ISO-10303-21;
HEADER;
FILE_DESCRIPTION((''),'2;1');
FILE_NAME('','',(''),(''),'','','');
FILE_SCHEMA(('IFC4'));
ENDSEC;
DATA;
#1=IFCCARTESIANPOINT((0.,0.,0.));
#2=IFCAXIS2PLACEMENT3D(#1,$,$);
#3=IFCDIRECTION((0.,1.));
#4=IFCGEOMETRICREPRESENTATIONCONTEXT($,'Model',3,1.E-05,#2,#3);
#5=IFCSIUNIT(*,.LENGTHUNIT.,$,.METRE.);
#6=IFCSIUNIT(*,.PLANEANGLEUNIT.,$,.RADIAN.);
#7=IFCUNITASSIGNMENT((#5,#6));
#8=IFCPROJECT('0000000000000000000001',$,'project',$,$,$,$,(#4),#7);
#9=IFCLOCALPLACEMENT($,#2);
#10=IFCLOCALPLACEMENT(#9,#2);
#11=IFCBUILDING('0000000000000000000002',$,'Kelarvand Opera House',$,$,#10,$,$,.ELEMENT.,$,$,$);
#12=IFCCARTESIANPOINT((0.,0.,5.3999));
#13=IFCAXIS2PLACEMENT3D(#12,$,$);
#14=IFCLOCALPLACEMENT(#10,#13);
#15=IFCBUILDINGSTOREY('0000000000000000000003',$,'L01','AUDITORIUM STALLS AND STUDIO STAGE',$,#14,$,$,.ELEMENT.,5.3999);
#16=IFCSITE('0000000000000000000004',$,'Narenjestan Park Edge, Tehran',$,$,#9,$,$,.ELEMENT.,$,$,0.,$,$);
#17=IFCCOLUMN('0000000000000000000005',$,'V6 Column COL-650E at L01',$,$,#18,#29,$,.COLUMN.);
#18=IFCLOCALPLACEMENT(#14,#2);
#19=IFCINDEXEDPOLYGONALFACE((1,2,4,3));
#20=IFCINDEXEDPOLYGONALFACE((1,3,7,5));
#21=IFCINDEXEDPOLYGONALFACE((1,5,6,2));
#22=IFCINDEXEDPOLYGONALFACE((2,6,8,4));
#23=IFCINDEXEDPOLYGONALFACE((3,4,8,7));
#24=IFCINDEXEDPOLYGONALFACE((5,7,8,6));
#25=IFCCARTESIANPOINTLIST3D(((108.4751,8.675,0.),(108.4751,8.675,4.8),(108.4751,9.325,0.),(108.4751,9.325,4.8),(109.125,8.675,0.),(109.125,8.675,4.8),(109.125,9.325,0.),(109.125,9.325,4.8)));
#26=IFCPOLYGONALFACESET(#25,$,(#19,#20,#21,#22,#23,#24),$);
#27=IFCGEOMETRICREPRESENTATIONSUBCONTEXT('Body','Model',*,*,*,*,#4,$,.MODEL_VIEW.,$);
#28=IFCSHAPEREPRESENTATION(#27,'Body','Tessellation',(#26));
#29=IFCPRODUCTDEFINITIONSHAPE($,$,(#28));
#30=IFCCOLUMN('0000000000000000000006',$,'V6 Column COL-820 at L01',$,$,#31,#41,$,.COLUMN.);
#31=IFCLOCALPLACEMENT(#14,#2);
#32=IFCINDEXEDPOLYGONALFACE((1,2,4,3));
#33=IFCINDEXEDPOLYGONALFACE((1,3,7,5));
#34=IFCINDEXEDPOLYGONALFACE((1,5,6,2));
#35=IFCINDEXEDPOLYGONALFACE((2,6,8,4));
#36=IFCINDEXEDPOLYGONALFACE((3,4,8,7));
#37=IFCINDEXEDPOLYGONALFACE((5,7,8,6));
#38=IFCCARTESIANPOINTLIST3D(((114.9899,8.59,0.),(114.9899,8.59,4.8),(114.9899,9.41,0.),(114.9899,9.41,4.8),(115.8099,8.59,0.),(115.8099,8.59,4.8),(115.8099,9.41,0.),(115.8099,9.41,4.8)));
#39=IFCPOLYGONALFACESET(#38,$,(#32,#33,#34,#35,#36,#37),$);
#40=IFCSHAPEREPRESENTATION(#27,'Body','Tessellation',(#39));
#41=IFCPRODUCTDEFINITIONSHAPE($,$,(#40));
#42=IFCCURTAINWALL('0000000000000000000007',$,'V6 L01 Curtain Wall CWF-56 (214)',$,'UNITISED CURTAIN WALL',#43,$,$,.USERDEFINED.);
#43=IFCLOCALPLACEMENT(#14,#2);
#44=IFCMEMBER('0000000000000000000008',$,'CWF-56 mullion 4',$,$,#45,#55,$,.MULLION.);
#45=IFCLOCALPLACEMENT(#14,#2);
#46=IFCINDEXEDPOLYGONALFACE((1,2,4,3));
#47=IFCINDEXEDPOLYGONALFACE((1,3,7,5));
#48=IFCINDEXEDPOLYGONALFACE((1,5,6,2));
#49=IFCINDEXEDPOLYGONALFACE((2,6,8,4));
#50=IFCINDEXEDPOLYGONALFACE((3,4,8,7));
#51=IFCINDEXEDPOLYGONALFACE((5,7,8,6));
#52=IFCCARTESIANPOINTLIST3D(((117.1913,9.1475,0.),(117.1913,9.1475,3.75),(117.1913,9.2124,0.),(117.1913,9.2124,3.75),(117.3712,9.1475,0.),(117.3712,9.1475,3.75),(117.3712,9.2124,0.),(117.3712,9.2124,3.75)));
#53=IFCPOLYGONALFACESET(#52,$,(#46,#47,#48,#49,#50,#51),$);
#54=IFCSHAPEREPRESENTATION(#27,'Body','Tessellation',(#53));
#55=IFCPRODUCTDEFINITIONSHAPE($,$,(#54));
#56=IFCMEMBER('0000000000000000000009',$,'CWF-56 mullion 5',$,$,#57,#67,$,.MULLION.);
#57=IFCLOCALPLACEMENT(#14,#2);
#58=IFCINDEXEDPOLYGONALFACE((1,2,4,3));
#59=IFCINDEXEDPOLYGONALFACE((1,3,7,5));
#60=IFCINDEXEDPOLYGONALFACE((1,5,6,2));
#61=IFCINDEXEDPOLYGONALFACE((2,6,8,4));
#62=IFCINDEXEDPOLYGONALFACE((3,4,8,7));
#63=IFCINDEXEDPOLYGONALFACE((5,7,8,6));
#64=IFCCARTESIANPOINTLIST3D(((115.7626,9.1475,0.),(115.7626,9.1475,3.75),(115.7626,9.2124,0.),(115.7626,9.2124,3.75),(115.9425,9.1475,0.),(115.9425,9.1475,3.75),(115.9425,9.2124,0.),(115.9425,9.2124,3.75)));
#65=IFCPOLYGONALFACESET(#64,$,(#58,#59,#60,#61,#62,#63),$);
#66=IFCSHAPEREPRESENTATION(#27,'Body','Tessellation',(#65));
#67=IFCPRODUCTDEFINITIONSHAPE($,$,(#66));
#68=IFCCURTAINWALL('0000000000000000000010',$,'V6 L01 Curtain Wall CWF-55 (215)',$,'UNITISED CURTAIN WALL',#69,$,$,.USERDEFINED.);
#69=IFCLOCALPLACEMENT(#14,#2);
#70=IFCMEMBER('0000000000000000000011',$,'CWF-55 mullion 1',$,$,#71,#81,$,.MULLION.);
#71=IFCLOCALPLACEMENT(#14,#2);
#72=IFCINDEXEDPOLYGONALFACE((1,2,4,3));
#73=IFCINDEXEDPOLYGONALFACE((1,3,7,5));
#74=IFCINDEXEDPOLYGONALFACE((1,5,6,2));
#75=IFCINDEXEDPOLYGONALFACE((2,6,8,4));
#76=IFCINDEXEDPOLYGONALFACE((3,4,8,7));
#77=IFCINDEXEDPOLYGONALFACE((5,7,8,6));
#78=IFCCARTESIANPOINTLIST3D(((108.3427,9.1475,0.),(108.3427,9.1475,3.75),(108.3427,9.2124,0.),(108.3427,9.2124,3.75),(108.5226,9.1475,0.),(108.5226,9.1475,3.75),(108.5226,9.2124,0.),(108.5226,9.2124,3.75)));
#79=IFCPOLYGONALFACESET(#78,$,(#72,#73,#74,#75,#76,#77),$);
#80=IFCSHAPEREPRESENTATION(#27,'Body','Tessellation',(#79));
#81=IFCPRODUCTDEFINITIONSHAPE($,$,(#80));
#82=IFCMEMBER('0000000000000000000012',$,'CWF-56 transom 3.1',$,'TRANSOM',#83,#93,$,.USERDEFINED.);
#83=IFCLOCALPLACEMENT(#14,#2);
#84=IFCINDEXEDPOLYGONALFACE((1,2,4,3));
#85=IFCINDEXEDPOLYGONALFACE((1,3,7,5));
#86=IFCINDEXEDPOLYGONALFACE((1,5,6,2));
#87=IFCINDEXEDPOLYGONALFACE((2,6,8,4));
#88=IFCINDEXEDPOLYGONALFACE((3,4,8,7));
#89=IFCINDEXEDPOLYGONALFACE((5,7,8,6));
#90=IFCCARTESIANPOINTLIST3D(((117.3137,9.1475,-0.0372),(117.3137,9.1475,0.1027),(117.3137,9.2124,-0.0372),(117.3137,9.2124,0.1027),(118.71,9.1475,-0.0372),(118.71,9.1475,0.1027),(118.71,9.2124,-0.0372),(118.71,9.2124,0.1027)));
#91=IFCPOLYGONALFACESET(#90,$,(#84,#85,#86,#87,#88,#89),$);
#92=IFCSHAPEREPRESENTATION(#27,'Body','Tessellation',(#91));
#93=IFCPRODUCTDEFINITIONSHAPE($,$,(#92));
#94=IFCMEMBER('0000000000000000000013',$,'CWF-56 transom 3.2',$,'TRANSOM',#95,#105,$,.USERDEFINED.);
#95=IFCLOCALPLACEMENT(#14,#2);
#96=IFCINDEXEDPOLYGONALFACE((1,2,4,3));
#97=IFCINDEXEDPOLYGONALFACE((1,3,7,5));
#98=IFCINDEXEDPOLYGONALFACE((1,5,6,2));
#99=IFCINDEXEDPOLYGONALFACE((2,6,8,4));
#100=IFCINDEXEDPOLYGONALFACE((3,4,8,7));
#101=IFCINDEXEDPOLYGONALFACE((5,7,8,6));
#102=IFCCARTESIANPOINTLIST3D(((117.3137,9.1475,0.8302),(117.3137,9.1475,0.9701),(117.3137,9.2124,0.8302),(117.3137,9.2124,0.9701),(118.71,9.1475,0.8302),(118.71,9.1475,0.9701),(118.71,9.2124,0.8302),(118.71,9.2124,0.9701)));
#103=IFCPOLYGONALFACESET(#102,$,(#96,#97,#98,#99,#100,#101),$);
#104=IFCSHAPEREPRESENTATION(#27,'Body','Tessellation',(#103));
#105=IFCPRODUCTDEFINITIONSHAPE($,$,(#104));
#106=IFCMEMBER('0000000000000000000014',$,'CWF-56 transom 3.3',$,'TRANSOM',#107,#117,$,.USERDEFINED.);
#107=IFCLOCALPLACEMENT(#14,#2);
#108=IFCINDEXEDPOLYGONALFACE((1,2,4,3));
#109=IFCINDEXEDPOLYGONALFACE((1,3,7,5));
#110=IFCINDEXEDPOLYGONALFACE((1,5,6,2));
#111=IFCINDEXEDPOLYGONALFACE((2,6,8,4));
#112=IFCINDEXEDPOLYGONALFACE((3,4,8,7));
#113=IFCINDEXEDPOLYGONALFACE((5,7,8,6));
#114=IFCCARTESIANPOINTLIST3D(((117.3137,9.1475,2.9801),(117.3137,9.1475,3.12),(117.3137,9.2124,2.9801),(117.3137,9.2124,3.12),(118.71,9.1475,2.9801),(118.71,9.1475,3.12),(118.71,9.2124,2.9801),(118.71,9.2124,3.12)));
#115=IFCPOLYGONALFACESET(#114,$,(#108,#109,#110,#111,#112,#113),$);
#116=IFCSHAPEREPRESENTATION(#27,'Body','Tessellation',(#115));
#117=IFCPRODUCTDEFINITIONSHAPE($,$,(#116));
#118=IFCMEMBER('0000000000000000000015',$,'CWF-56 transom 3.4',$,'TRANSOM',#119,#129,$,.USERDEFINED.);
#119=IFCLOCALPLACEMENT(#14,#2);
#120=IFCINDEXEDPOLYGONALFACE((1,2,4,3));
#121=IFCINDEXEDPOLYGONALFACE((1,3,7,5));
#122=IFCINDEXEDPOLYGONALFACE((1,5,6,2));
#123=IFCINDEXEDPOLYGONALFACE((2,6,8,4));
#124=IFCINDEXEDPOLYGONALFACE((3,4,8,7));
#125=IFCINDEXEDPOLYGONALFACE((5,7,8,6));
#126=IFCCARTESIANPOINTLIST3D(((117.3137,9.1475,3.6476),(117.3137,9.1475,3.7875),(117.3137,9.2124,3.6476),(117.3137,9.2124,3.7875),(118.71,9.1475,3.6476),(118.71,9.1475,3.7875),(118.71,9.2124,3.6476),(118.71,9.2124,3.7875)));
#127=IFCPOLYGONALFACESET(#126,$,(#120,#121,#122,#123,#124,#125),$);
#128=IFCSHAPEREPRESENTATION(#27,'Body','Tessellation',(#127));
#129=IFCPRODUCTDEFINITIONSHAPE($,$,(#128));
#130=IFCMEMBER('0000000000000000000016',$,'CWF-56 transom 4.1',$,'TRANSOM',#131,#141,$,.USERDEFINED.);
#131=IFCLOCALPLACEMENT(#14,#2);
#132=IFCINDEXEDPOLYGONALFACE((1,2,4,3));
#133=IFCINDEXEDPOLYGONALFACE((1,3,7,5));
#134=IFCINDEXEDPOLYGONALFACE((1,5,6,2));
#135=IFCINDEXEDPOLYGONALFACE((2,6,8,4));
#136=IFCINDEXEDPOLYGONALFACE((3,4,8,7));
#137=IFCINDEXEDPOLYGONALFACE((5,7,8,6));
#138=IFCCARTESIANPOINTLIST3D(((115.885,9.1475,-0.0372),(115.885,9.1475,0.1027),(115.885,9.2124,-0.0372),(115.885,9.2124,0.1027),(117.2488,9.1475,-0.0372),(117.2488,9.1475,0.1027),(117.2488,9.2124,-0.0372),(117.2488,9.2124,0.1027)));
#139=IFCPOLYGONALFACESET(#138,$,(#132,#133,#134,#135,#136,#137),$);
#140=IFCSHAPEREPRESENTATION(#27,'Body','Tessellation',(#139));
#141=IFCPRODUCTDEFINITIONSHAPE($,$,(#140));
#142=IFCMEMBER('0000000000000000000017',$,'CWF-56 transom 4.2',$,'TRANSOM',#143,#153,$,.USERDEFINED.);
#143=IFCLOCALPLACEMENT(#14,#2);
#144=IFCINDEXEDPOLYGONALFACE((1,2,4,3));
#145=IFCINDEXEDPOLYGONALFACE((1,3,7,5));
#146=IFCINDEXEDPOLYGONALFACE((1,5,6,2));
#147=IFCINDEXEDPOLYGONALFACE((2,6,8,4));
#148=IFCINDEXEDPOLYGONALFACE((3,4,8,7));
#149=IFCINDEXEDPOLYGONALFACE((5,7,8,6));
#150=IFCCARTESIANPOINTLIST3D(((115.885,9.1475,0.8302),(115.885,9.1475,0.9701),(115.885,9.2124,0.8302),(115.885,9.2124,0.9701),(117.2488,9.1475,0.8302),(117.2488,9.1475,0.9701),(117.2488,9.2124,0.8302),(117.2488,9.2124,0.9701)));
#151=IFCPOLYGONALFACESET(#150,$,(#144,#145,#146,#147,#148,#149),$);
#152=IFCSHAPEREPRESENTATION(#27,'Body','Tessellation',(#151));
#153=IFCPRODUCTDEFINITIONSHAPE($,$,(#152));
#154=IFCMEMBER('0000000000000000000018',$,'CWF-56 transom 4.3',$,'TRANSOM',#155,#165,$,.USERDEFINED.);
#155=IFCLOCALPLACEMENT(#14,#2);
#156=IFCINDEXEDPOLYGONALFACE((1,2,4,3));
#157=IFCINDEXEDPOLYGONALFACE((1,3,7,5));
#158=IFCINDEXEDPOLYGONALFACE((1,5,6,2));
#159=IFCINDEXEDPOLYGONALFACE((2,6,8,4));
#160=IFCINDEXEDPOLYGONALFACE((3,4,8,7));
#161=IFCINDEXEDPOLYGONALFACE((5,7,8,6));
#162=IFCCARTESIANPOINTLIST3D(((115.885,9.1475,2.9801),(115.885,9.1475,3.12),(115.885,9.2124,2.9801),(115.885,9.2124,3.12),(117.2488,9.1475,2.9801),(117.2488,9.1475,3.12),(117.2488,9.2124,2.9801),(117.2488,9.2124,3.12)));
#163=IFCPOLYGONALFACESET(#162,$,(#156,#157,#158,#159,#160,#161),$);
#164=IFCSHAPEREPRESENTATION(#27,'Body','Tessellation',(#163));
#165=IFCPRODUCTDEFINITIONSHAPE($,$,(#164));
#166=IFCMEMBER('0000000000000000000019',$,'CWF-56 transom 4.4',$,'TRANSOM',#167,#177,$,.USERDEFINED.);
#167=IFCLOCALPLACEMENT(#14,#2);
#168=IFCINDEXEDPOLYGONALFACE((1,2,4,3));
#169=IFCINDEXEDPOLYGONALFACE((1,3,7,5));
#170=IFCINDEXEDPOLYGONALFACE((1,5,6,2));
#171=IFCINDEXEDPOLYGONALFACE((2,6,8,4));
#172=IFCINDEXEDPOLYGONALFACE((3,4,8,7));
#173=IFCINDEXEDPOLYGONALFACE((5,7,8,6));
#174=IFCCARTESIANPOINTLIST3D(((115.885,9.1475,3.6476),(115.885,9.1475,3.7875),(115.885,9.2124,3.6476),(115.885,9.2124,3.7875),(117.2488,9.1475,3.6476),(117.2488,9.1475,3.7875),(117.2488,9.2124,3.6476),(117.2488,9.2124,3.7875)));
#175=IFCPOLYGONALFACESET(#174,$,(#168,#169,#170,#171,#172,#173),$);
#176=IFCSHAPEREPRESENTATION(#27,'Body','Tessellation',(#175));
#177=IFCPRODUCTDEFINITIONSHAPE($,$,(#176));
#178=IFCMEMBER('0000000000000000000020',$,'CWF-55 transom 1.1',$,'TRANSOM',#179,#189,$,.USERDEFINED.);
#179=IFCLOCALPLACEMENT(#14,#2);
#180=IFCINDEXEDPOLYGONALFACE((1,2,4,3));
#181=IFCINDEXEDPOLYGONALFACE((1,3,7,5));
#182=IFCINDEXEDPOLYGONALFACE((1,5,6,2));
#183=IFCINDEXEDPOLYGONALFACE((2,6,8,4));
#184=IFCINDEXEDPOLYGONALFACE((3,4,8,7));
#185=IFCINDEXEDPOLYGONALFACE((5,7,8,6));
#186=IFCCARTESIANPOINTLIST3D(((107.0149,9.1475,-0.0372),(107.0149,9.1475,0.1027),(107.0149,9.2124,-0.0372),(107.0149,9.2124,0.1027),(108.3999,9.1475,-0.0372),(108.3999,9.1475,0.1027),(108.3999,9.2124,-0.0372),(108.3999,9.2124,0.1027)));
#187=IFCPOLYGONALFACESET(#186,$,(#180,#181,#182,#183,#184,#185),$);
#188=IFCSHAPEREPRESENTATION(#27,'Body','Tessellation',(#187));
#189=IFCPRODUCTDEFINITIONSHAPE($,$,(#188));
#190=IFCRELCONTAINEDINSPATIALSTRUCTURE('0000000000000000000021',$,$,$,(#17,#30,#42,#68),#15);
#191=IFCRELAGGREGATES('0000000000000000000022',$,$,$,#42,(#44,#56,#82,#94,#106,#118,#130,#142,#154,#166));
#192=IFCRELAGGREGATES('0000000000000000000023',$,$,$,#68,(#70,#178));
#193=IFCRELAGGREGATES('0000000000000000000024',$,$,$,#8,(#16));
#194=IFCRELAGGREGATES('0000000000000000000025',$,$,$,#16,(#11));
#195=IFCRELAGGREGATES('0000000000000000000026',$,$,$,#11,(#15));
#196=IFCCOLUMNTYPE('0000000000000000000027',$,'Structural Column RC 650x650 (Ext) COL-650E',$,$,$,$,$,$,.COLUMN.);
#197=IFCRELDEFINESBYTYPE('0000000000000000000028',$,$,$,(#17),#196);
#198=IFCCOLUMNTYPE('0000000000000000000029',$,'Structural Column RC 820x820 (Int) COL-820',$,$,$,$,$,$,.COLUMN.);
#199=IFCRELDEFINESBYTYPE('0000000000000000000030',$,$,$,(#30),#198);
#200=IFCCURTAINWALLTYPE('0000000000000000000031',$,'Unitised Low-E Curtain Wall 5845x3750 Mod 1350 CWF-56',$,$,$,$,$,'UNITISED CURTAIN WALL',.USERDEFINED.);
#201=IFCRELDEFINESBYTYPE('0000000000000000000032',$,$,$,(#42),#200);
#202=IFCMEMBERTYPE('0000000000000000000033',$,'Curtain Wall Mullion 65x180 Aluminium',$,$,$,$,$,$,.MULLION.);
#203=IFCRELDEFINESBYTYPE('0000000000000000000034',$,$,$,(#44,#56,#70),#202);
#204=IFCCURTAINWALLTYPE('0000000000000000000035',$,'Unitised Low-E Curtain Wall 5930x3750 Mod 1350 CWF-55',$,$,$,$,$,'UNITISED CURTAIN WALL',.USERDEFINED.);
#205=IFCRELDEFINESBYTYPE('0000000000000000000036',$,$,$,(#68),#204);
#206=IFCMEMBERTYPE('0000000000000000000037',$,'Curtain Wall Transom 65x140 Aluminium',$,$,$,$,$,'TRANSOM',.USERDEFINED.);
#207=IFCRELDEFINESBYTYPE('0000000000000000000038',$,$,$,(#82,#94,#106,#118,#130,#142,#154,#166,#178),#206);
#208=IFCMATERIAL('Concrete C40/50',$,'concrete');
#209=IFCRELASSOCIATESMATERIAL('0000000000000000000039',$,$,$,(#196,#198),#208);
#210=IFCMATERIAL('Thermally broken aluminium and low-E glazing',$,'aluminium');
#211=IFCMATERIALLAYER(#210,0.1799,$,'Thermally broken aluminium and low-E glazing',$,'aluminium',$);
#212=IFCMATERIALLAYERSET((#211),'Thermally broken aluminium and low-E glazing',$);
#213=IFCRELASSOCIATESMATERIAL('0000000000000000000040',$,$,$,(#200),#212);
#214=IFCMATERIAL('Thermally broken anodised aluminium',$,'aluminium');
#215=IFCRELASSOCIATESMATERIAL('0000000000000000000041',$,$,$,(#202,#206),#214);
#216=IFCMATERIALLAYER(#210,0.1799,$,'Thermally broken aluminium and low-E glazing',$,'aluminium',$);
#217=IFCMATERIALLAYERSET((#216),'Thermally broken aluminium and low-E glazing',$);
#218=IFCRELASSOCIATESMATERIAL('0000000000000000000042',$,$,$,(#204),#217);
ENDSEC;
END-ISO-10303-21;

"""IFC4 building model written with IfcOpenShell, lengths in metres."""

from ifc_helpers import new_model, si_unit, direction, frame, origin, origin_2d, place, context, subcontext, project, spatial, rectangle, extrude, material, layer, layer_set, material_profile, profile_set, type_object, element, aggregate, save


model = new_model("IFC4")

# Units and contexts
model_context = context("Model", 3, precision=1e-05, world=origin(), true_north=direction((0.0, 1.0)))
body_context = subcontext(model_context, "Body", "Model", "MODEL_VIEW")
ifc_project = project(units=[si_unit("LENGTHUNIT", "METRE"), si_unit("PLANEANGLEUNIT", "RADIAN")], contexts=[model_context])

# Site, building, storey
site_placement = place(None, origin())
site = spatial("IfcSite", under=ifc_project, at=site_placement, Name="Narenjestan Park Edge, Tehran", CompositionType="ELEMENT", RefElevation=0.0)
building_placement = place(site_placement, origin())
building = spatial("IfcBuilding", under=site, at=building_placement, Name="Kelarvand Opera House", CompositionType="ELEMENT")
storey_placement = place(building_placement, frame((0.0, 0.0, 5.3999)))
storey = spatial("IfcBuildingStorey", under=building, at=storey_placement, Name="L01", Description="AUDITORIUM STALLS AND STUDIO STAGE", CompositionType="ELEMENT", Elevation=5.3999)

# Columns
ifc_material_1 = material(Name="Concrete C40/50", Category="concrete")
ifc_material_profile_1 = material_profile(ifc_material_1, rectangle(XDim=0.6499, YDim=0.6499, at=origin_2d()), Name="RC 650x650", Category="concrete")
ifc_profile_set_1 = profile_set([ifc_material_profile_1], Name="Concrete C40/50")
column_type_1 = type_object("IfcColumnType", Name="Structural Column RC 650x650 (Ext) COL-650E", PredefinedType="COLUMN", material=ifc_profile_set_1)
column_1_placement = place(storey_placement, frame((108.8, 9.0, 0.0), z_axis=(0.0, 0.0, 1.0), x_axis=(1.0, 0.0, 0.0)))
element("IfcColumn", 1, at=column_1_placement, inside=storey, type_object=column_type_1, Name="V6 Column COL-650E at L01", PredefinedType="COLUMN", context=body_context, shape_type="SweptSolid", body=[
    extrude(rectangle(XDim=0.6499, YDim=0.6499, at=origin_2d()), origin(), (0.0, 0.0, 1.0), 4.8),
])
ifc_material_profile_2 = material_profile(ifc_material_1, rectangle(XDim=0.8201, YDim=0.8201, at=origin_2d()), Name="RC 820x820", Category="concrete")
ifc_profile_set_2 = profile_set([ifc_material_profile_2], Name="Concrete C40/50")
column_type_2 = type_object("IfcColumnType", Name="Structural Column RC 820x820 (Int) COL-820", PredefinedType="COLUMN", material=ifc_profile_set_2)
column_2_placement = place(storey_placement, frame((115.3999, 9.0, 0.0), z_axis=(0.0, 0.0, 1.0), x_axis=(1.0, 0.0, 0.0)))
element("IfcColumn", 2, at=column_2_placement, inside=storey, type_object=column_type_2, Name="V6 Column COL-820 at L01", PredefinedType="COLUMN", context=body_context, shape_type="SweptSolid", body=[
    extrude(rectangle(XDim=0.8201, YDim=0.8201, at=origin_2d()), origin(), (0.0, 0.0, 1.0), 4.8),
])

# Curtain wall, members
ifc_material_2 = material(Name="Thermally broken aluminium and low-E glazing", Category="aluminium")
ifc_layer_1 = layer(ifc_material_2, 0.1799, Name="Thermally broken aluminium and low-E glazing", Category="aluminium")
ifc_layer_set_1 = layer_set([ifc_layer_1], Name="Thermally broken aluminium and low-E glazing")
curtain_wall_type_1 = type_object("IfcCurtainWallType", Name="Unitised Low-E Curtain Wall 5845x3750 Mod 1350 CWF-56", ElementType="UNITISED CURTAIN WALL", PredefinedType="USERDEFINED", material=ifc_layer_set_1)
curtain_wall_1_placement = place(storey_placement, origin())
curtain_wall_1 = element("IfcCurtainWall", 3, at=curtain_wall_1_placement, inside=storey, type_object=curtain_wall_type_1, Name="V6 L01 Curtain Wall CWF-56 (214)", ObjectType="UNITISED CURTAIN WALL", PredefinedType="USERDEFINED")
ifc_material_3 = material(Name="Thermally broken anodised aluminium", Category="aluminium")
ifc_material_profile_3 = material_profile(ifc_material_3, rectangle(XDim=0.0649, YDim=0.1799, at=origin_2d()), Name="ALU MULLION 65x180", Category="aluminium")
ifc_profile_set_3 = profile_set([ifc_material_profile_3], Name="Thermally broken anodised aluminium")
member_type_1 = type_object("IfcMemberType", Name="Curtain Wall Mullion 65x180 Aluminium", PredefinedType="MULLION", material=ifc_profile_set_3)
member_1_placement = place(storey_placement, frame((117.2812, 9.1799, 0.0), z_axis=(0.0, 0.0, 1.0), x_axis=(0.0, -1.0, 0.0)))
member_1 = element("IfcMember", 4, at=member_1_placement, type_object=member_type_1, Name="CWF-56 mullion 4", PredefinedType="MULLION", context=body_context, shape_type="SweptSolid", body=[
    extrude(rectangle(XDim=0.0649, YDim=0.1799, at=origin_2d()), origin(), (0.0, 0.0, 1.0), 3.75),
])
member_2_placement = place(storey_placement, frame((115.8525, 9.1799, 0.0), z_axis=(0.0, 0.0, 1.0), x_axis=(0.0, -1.0, 0.0)))
member_2 = element("IfcMember", 5, at=member_2_placement, type_object=member_type_1, Name="CWF-56 mullion 5", PredefinedType="MULLION", context=body_context, shape_type="SweptSolid", body=[
    extrude(rectangle(XDim=0.0649, YDim=0.1799, at=origin_2d()), origin(), (0.0, 0.0, 1.0), 3.75),
])

# Curtain wall, member
ifc_layer_2 = layer(ifc_material_2, 0.1799, Name="Thermally broken aluminium and low-E glazing", Category="aluminium")
ifc_layer_set_2 = layer_set([ifc_layer_2], Name="Thermally broken aluminium and low-E glazing")
curtain_wall_type_2 = type_object("IfcCurtainWallType", Name="Unitised Low-E Curtain Wall 5930x3750 Mod 1350 CWF-55", ElementType="UNITISED CURTAIN WALL", PredefinedType="USERDEFINED", material=ifc_layer_set_2)
curtain_wall_2_placement = place(storey_placement, origin())
curtain_wall_2 = element("IfcCurtainWall", 6, at=curtain_wall_2_placement, inside=storey, type_object=curtain_wall_type_2, Name="V6 L01 Curtain Wall CWF-55 (215)", ObjectType="UNITISED CURTAIN WALL", PredefinedType="USERDEFINED")
member_3_placement = place(storey_placement, frame((108.4326, 9.1799, 0.0), z_axis=(0.0, 0.0, 1.0), x_axis=(0.0, -1.0, 0.0)))
member_3 = element("IfcMember", 7, at=member_3_placement, type_object=member_type_1, Name="CWF-55 mullion 1", PredefinedType="MULLION", context=body_context, shape_type="SweptSolid", body=[
    extrude(rectangle(XDim=0.0649, YDim=0.1799, at=origin_2d()), origin(), (0.0, 0.0, 1.0), 3.75),
])

# Members
ifc_material_profile_4 = material_profile(ifc_material_3, rectangle(XDim=0.0649, YDim=0.1399, at=origin_2d()), Name="ALU TRANSOM 65x140", Category="aluminium")
ifc_profile_set_4 = profile_set([ifc_material_profile_4], Name="Thermally broken anodised aluminium")
member_type_2 = type_object("IfcMemberType", Name="Curtain Wall Transom 65x140 Aluminium", ElementType="TRANSOM", PredefinedType="USERDEFINED", material=ifc_profile_set_4)
member_4_placement = place(storey_placement, frame((118.71, 9.1799, 0.0327), z_axis=(-1.0, 0.0, 0.0), x_axis=(0.0, -1.0, 0.0)))
member_4 = element("IfcMember", 8, at=member_4_placement, type_object=member_type_2, Name="CWF-56 transom 3.1", ObjectType="TRANSOM", PredefinedType="USERDEFINED", context=body_context, shape_type="SweptSolid", body=[
    extrude(rectangle(XDim=0.0649, YDim=0.1399, at=origin_2d()), origin(), (0.0, 0.0, 1.0), 1.3962),
])
member_5_placement = place(storey_placement, frame((118.71, 9.1799, 0.9001), z_axis=(-1.0, 0.0, 0.0), x_axis=(0.0, -1.0, 0.0)))
member_5 = element("IfcMember", 9, at=member_5_placement, type_object=member_type_2, Name="CWF-56 transom 3.2", ObjectType="TRANSOM", PredefinedType="USERDEFINED", context=body_context, shape_type="SweptSolid", body=[
    extrude(rectangle(XDim=0.0649, YDim=0.1399, at=origin_2d()), origin(), (0.0, 0.0, 1.0), 1.3962),
])
member_6_placement = place(storey_placement, frame((118.71, 9.1799, 3.05), z_axis=(-1.0, 0.0, 0.0), x_axis=(0.0, -1.0, 0.0)))
member_6 = element("IfcMember", 10, at=member_6_placement, type_object=member_type_2, Name="CWF-56 transom 3.3", ObjectType="TRANSOM", PredefinedType="USERDEFINED", context=body_context, shape_type="SweptSolid", body=[
    extrude(rectangle(XDim=0.0649, YDim=0.1399, at=origin_2d()), origin(), (0.0, 0.0, 1.0), 1.3962),
])
member_7_placement = place(storey_placement, frame((118.71, 9.1799, 3.7175), z_axis=(-1.0, 0.0, 0.0), x_axis=(0.0, -1.0, 0.0)))
member_7 = element("IfcMember", 11, at=member_7_placement, type_object=member_type_2, Name="CWF-56 transom 3.4", ObjectType="TRANSOM", PredefinedType="USERDEFINED", context=body_context, shape_type="SweptSolid", body=[
    extrude(rectangle(XDim=0.0649, YDim=0.1399, at=origin_2d()), origin(), (0.0, 0.0, 1.0), 1.3962),
])
member_8_placement = place(storey_placement, frame((117.2488, 9.1799, 0.0327), z_axis=(-1.0, 0.0, 0.0), x_axis=(0.0, -1.0, 0.0)))
member_8 = element("IfcMember", 12, at=member_8_placement, type_object=member_type_2, Name="CWF-56 transom 4.1", ObjectType="TRANSOM", PredefinedType="USERDEFINED", context=body_context, shape_type="SweptSolid", body=[
    extrude(rectangle(XDim=0.0649, YDim=0.1399, at=origin_2d()), origin(), (0.0, 0.0, 1.0), 1.3638),
])
member_9_placement = place(storey_placement, frame((117.2488, 9.1799, 0.9001), z_axis=(-1.0, 0.0, 0.0), x_axis=(0.0, -1.0, 0.0)))
member_9 = element("IfcMember", 13, at=member_9_placement, type_object=member_type_2, Name="CWF-56 transom 4.2", ObjectType="TRANSOM", PredefinedType="USERDEFINED", context=body_context, shape_type="SweptSolid", body=[
    extrude(rectangle(XDim=0.0649, YDim=0.1399, at=origin_2d()), origin(), (0.0, 0.0, 1.0), 1.3638),
])
member_10_placement = place(storey_placement, frame((117.2488, 9.1799, 3.05), z_axis=(-1.0, 0.0, 0.0), x_axis=(0.0, -1.0, 0.0)))
member_10 = element("IfcMember", 14, at=member_10_placement, type_object=member_type_2, Name="CWF-56 transom 4.3", ObjectType="TRANSOM", PredefinedType="USERDEFINED", context=body_context, shape_type="SweptSolid", body=[
    extrude(rectangle(XDim=0.0649, YDim=0.1399, at=origin_2d()), origin(), (0.0, 0.0, 1.0), 1.3638),
])
member_11_placement = place(storey_placement, frame((117.2488, 9.1799, 3.7175), z_axis=(-1.0, 0.0, 0.0), x_axis=(0.0, -1.0, 0.0)))
member_11 = element("IfcMember", 15, at=member_11_placement, type_object=member_type_2, Name="CWF-56 transom 4.4", ObjectType="TRANSOM", PredefinedType="USERDEFINED", context=body_context, shape_type="SweptSolid", body=[
    extrude(rectangle(XDim=0.0649, YDim=0.1399, at=origin_2d()), origin(), (0.0, 0.0, 1.0), 1.3638),
])
member_12_placement = place(storey_placement, frame((108.3999, 9.1799, 0.0327), z_axis=(-1.0, 0.0, 0.0), x_axis=(0.0, -1.0, 0.0)))
member_12 = element("IfcMember", 16, at=member_12_placement, type_object=member_type_2, Name="CWF-55 transom 1.1", ObjectType="TRANSOM", PredefinedType="USERDEFINED", context=body_context, shape_type="SweptSolid", body=[
    extrude(rectangle(XDim=0.0649, YDim=0.1399, at=origin_2d()), origin(), (0.0, 0.0, 1.0), 1.385),
])

aggregate(curtain_wall_1, [member_1, member_2, member_4, member_5, member_6, member_7, member_8, member_9, member_10, member_11])
aggregate(curtain_wall_2, [member_3, member_12])

save(model, "model.ifc")
